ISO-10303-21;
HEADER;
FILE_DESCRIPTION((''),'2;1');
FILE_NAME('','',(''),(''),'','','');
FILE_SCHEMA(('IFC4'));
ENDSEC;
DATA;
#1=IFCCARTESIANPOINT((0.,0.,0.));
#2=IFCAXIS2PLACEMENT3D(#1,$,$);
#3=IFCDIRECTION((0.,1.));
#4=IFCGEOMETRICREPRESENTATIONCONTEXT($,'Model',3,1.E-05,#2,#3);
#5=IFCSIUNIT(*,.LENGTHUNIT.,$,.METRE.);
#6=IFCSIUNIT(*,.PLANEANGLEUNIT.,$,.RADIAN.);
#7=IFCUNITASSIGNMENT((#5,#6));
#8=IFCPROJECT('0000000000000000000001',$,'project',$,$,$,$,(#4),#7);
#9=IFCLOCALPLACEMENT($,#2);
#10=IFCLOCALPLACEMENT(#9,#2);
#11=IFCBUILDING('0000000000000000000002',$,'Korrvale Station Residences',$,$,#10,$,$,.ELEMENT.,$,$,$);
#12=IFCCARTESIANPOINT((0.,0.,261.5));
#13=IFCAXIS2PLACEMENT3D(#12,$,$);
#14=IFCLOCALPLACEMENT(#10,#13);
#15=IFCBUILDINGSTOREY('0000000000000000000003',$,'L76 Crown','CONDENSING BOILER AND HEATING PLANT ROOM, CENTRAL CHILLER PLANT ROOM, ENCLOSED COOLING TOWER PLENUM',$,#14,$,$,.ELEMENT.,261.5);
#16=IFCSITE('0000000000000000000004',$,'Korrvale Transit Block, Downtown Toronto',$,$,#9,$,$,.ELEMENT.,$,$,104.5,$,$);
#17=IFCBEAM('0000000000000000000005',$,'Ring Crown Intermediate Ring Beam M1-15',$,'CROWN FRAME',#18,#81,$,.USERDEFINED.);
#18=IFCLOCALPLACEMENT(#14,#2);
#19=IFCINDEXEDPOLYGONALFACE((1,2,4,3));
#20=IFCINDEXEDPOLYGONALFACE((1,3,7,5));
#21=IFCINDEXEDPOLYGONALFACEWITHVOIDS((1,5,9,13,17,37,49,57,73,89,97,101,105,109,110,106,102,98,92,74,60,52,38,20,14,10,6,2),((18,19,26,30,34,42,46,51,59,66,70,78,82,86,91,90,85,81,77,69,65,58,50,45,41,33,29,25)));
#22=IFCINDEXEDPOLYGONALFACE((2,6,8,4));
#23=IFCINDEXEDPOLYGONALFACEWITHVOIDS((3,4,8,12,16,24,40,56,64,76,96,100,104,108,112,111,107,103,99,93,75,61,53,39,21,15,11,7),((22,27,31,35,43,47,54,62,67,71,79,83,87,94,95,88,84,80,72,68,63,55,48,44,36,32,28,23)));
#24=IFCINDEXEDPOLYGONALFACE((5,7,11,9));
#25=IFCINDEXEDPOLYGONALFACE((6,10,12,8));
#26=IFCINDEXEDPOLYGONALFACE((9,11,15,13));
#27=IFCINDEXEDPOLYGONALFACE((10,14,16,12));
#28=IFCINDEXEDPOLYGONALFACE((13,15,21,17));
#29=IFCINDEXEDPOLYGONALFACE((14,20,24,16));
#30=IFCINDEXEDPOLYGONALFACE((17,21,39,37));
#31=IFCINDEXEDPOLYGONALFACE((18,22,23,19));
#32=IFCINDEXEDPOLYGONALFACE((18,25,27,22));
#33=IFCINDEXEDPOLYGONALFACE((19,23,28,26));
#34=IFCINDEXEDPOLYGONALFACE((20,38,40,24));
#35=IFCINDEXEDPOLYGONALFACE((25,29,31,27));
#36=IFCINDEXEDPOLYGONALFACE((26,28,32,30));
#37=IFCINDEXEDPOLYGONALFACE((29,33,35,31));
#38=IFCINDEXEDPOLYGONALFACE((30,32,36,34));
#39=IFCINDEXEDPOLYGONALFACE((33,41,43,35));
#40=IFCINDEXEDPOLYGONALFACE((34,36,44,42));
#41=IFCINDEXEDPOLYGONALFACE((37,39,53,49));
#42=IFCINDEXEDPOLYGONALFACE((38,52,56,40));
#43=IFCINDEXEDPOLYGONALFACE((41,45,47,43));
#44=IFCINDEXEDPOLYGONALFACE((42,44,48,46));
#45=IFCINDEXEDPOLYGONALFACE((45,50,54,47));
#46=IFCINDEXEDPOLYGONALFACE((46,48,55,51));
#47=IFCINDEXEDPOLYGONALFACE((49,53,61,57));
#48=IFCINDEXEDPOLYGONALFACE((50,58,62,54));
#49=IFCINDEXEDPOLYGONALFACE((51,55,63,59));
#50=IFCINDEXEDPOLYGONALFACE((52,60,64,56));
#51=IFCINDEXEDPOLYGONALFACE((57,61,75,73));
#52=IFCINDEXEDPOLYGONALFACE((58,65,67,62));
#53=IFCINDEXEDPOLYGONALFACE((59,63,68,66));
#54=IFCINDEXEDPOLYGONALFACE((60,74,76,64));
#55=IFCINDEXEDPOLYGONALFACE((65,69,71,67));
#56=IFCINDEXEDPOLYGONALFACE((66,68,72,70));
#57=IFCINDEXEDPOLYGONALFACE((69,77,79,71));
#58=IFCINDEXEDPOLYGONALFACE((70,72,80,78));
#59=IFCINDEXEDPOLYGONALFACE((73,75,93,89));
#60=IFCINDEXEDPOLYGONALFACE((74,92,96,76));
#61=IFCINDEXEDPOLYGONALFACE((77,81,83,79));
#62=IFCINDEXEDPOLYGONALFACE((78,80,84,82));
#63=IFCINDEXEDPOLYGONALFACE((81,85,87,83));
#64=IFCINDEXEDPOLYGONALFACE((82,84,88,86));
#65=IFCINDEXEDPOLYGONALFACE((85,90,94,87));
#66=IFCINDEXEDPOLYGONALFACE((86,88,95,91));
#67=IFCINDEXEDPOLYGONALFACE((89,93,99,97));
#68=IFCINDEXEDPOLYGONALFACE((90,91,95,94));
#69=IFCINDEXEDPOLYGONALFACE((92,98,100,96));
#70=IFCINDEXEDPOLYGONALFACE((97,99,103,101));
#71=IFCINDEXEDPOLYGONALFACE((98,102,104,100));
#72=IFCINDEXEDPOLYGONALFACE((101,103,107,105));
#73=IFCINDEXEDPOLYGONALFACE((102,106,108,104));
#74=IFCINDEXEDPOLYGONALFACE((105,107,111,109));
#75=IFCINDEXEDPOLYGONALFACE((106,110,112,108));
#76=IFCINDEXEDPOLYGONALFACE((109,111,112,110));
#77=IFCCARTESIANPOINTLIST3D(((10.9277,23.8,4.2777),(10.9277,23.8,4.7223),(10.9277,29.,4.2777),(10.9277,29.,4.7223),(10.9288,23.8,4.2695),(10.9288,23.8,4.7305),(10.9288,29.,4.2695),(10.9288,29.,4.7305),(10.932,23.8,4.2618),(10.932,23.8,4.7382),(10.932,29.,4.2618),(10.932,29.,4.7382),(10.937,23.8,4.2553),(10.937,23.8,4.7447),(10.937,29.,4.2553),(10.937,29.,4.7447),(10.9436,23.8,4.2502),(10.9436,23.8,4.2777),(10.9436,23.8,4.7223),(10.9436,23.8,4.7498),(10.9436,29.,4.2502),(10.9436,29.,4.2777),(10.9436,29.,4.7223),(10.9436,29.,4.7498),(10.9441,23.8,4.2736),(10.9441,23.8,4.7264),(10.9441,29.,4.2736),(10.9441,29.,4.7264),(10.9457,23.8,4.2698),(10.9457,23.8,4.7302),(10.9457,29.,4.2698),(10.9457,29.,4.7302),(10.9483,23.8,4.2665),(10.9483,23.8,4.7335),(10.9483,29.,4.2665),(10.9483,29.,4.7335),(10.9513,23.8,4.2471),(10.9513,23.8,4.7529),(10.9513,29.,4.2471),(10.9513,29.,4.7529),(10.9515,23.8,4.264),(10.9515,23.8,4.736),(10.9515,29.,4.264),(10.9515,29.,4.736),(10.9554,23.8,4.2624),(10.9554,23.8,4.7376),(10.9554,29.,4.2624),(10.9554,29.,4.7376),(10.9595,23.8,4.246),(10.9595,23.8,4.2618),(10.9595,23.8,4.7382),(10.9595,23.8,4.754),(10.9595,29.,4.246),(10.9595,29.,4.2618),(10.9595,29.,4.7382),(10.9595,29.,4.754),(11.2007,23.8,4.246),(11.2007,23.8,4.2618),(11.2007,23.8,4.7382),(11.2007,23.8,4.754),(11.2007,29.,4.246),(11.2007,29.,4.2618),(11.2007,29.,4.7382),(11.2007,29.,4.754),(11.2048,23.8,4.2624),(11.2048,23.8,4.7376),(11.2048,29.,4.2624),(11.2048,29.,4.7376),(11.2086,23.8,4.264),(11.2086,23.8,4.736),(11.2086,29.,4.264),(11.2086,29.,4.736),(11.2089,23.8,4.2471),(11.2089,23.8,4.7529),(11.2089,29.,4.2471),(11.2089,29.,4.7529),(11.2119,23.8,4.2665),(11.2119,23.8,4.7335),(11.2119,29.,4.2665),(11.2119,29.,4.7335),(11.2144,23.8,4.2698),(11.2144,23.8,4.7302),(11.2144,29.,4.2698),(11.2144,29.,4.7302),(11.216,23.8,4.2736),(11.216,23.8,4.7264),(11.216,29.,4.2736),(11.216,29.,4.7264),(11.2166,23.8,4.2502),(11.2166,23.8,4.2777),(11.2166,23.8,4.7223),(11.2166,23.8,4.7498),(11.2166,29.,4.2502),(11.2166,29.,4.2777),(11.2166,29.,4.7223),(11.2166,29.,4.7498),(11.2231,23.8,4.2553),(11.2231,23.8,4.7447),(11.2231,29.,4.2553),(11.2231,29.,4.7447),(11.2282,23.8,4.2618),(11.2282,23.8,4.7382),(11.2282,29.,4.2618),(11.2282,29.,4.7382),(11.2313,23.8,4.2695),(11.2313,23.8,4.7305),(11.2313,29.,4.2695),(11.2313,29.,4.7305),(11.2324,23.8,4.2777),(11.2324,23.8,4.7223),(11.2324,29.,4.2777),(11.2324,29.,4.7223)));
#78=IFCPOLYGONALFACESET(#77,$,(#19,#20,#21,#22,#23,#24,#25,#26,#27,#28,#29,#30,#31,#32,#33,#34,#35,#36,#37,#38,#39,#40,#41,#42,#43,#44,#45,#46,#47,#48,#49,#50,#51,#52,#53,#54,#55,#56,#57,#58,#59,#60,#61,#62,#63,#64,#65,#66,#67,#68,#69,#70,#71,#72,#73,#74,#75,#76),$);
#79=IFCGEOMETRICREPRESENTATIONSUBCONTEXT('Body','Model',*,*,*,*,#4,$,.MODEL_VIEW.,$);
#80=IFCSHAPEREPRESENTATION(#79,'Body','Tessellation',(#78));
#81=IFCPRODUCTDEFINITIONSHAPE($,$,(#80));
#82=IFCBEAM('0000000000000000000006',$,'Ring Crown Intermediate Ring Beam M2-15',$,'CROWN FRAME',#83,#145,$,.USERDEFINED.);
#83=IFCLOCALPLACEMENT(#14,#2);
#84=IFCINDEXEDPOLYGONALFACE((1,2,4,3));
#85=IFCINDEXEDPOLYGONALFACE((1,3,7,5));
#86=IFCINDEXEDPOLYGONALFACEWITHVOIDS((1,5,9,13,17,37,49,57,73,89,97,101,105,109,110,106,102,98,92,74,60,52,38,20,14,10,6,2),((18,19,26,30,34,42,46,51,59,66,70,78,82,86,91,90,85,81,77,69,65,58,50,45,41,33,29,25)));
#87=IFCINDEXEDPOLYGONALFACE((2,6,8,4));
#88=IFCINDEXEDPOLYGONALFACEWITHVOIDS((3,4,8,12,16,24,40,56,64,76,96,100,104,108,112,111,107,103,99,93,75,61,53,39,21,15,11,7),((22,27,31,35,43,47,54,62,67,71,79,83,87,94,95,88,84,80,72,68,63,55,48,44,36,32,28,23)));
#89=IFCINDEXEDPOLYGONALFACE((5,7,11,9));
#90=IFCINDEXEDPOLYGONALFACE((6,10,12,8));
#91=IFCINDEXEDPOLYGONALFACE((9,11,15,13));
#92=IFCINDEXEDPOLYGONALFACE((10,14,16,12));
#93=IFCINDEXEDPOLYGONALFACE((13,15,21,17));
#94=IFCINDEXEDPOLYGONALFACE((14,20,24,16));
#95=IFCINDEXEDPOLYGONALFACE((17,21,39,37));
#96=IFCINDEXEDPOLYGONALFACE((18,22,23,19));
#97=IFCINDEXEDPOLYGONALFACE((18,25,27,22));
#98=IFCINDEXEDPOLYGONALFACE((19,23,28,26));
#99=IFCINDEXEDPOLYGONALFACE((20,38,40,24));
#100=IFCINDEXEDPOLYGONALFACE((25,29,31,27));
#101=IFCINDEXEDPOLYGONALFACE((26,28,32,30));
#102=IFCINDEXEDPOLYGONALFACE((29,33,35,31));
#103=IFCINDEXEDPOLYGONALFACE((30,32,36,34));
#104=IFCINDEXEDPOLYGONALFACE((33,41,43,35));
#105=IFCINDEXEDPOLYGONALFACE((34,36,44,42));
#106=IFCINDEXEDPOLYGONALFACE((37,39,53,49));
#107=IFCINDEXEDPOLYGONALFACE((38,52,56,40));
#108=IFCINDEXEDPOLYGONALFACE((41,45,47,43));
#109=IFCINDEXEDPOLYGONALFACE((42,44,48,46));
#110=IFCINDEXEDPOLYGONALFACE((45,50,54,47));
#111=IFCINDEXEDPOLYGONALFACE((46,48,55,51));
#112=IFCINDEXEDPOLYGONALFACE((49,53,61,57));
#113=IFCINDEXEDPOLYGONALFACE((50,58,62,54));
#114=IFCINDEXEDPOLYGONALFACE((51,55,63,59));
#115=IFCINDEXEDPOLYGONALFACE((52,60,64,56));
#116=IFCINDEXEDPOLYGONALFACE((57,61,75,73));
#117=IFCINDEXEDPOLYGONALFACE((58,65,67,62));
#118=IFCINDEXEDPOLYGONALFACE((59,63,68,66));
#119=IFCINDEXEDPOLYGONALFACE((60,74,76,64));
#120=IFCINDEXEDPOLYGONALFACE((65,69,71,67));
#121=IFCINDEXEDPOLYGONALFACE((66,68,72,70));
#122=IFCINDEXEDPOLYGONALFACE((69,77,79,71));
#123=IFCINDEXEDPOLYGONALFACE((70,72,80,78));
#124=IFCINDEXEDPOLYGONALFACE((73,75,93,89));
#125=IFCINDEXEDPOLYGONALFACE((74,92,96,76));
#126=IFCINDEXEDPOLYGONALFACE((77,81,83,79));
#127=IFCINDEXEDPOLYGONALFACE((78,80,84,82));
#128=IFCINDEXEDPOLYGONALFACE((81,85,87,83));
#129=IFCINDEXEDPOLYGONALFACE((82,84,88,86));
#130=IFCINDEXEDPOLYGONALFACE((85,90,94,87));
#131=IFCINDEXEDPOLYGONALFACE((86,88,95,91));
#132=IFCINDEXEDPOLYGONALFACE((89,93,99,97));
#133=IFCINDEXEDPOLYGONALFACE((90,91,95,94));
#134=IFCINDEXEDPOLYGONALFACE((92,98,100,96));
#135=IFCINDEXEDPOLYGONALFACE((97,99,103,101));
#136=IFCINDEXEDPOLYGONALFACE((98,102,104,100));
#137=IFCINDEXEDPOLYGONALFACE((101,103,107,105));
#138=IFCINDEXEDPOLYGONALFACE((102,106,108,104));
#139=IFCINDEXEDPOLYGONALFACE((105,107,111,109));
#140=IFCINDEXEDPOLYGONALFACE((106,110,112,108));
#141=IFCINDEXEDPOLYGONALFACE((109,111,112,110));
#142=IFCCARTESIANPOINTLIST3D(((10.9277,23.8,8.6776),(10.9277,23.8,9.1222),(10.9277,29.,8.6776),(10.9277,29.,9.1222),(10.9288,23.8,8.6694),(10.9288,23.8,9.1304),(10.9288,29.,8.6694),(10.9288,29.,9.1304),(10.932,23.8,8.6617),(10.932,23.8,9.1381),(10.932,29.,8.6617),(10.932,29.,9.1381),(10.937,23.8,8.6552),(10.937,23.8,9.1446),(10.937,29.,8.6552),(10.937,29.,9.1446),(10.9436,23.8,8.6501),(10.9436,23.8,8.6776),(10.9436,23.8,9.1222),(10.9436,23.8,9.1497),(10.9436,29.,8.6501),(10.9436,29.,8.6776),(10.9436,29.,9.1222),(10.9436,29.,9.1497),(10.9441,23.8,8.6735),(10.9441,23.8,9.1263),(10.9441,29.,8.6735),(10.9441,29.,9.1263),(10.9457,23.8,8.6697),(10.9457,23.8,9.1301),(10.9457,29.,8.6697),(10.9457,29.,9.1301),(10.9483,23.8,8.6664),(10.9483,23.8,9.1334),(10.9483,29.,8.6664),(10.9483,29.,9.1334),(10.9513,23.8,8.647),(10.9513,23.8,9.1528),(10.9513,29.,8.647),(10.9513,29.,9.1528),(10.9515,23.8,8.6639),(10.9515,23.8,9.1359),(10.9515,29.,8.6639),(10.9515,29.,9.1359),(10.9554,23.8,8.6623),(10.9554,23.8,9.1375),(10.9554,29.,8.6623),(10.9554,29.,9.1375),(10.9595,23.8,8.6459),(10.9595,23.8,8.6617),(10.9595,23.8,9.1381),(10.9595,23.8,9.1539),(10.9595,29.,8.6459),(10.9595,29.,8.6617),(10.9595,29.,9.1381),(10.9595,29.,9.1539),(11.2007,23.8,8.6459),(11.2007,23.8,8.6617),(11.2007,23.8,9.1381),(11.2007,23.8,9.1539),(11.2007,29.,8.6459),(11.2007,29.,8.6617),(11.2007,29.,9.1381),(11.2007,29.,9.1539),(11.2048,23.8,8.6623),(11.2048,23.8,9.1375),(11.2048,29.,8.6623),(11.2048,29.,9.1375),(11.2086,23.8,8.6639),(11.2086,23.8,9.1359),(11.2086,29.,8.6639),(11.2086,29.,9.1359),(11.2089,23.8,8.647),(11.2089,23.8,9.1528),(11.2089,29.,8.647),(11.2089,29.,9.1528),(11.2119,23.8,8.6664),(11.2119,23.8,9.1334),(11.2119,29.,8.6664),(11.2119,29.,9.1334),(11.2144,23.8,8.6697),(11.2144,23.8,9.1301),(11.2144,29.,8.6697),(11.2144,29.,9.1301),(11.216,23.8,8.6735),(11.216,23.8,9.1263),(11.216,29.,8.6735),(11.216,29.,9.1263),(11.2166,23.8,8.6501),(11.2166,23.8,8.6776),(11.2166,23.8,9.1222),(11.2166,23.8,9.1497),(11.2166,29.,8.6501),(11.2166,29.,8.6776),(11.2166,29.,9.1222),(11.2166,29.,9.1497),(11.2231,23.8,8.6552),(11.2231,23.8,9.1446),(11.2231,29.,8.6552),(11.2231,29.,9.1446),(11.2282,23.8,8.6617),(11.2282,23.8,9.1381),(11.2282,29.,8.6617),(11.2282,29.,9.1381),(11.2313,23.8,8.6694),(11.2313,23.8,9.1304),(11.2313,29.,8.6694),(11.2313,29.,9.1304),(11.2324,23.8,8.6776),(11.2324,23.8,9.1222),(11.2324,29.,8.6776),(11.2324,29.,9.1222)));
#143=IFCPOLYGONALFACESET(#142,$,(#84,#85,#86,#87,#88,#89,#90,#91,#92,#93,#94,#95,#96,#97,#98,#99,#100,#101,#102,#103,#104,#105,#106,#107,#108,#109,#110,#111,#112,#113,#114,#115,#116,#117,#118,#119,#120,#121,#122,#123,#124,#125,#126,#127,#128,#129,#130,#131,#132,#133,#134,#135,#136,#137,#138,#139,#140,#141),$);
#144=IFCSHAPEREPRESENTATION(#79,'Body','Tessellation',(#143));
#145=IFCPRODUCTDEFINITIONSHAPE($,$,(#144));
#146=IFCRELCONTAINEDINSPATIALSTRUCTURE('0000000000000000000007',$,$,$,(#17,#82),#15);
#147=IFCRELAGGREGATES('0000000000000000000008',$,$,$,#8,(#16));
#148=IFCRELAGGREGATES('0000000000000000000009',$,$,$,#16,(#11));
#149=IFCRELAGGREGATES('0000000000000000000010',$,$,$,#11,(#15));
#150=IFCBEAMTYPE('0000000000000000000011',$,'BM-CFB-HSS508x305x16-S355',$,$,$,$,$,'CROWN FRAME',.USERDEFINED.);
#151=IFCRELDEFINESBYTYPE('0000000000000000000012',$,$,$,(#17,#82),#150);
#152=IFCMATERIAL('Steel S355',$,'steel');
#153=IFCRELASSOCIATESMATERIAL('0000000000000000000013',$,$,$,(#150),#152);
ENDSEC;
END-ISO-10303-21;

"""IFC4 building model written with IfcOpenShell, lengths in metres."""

from ifc_helpers import new_model, si_unit, direction, frame, origin, origin_2d, place, context, subcontext, project, spatial, hollow_rectangle, extrude, material, material_profile, profile_set, type_object, element, save


model = new_model("IFC4")

# Units and contexts
model_context = context("Model", 3, precision=1e-05, world=origin(), true_north=direction((0.0, 1.0)))
body_context = subcontext(model_context, "Body", "Model", "MODEL_VIEW")
ifc_project = project(units=[si_unit("LENGTHUNIT", "METRE"), si_unit("PLANEANGLEUNIT", "RADIAN")], contexts=[model_context])

# Site, building, storey
site_placement = place(None, origin())
site = spatial("IfcSite", under=ifc_project, at=site_placement, Name="Korrvale Transit Block, Downtown Toronto", CompositionType="ELEMENT", RefElevation=104.5)
building_placement = place(site_placement, origin())
building = spatial("IfcBuilding", under=site, at=building_placement, Name="Korrvale Station Residences", CompositionType="ELEMENT")
storey_placement = place(building_placement, frame((0.0, 0.0, 261.5)))
storey = spatial("IfcBuildingStorey", under=building, at=storey_placement, Name="L76 Crown", Description="CONDENSING BOILER AND HEATING PLANT ROOM, CENTRAL CHILLER PLANT ROOM, ENCLOSED COOLING TOWER PLENUM", CompositionType="ELEMENT", Elevation=261.5)

# Beams
ifc_material_1 = material(Name="Steel S355", Category="steel")
ifc_material_profile_1 = material_profile(ifc_material_1, hollow_rectangle(XDim=0.3047, YDim=0.5081, WallThickness=0.0159, InnerFilletRadius=0.0159, OuterFilletRadius=0.0317, at=origin_2d()), Name="HSS508x305x16")
ifc_profile_set_1 = profile_set([ifc_material_profile_1], Name="Steel S355")
beam_type_1 = type_object("IfcBeamType", Name="BM-CFB-HSS508x305x16-S355", ElementType="CROWN FRAME", PredefinedType="USERDEFINED", material=ifc_profile_set_1)
for number, where, z_axis, x_axis, name in (
    (1, (11.0801, 23.8, 4.5), (0.0, 1.0, 0.0), (-1.0, 0.0, 0.0), "Ring Crown Intermediate Ring Beam M1-15"),
    (2, (11.0801, 23.8, 8.8999), (0.0, 1.0, 0.0), (-1.0, 0.0, 0.0), "Ring Crown Intermediate Ring Beam M2-15"),
):
    element("IfcBeam", number, at=place(storey_placement, frame(where, z_axis=z_axis, x_axis=x_axis)), inside=storey, type_object=beam_type_1, Name=name, ObjectType="CROWN FRAME", PredefinedType="USERDEFINED", context=body_context, shape_type="SweptSolid", body=[
        extrude(hollow_rectangle(XDim=0.3047, YDim=0.5081, WallThickness=0.0159, InnerFilletRadius=0.0159, OuterFilletRadius=0.0317, at=origin_2d()), origin(), (0.0, 0.0, 1.0), 5.2),
    ])

save(model, "model.ifc")
